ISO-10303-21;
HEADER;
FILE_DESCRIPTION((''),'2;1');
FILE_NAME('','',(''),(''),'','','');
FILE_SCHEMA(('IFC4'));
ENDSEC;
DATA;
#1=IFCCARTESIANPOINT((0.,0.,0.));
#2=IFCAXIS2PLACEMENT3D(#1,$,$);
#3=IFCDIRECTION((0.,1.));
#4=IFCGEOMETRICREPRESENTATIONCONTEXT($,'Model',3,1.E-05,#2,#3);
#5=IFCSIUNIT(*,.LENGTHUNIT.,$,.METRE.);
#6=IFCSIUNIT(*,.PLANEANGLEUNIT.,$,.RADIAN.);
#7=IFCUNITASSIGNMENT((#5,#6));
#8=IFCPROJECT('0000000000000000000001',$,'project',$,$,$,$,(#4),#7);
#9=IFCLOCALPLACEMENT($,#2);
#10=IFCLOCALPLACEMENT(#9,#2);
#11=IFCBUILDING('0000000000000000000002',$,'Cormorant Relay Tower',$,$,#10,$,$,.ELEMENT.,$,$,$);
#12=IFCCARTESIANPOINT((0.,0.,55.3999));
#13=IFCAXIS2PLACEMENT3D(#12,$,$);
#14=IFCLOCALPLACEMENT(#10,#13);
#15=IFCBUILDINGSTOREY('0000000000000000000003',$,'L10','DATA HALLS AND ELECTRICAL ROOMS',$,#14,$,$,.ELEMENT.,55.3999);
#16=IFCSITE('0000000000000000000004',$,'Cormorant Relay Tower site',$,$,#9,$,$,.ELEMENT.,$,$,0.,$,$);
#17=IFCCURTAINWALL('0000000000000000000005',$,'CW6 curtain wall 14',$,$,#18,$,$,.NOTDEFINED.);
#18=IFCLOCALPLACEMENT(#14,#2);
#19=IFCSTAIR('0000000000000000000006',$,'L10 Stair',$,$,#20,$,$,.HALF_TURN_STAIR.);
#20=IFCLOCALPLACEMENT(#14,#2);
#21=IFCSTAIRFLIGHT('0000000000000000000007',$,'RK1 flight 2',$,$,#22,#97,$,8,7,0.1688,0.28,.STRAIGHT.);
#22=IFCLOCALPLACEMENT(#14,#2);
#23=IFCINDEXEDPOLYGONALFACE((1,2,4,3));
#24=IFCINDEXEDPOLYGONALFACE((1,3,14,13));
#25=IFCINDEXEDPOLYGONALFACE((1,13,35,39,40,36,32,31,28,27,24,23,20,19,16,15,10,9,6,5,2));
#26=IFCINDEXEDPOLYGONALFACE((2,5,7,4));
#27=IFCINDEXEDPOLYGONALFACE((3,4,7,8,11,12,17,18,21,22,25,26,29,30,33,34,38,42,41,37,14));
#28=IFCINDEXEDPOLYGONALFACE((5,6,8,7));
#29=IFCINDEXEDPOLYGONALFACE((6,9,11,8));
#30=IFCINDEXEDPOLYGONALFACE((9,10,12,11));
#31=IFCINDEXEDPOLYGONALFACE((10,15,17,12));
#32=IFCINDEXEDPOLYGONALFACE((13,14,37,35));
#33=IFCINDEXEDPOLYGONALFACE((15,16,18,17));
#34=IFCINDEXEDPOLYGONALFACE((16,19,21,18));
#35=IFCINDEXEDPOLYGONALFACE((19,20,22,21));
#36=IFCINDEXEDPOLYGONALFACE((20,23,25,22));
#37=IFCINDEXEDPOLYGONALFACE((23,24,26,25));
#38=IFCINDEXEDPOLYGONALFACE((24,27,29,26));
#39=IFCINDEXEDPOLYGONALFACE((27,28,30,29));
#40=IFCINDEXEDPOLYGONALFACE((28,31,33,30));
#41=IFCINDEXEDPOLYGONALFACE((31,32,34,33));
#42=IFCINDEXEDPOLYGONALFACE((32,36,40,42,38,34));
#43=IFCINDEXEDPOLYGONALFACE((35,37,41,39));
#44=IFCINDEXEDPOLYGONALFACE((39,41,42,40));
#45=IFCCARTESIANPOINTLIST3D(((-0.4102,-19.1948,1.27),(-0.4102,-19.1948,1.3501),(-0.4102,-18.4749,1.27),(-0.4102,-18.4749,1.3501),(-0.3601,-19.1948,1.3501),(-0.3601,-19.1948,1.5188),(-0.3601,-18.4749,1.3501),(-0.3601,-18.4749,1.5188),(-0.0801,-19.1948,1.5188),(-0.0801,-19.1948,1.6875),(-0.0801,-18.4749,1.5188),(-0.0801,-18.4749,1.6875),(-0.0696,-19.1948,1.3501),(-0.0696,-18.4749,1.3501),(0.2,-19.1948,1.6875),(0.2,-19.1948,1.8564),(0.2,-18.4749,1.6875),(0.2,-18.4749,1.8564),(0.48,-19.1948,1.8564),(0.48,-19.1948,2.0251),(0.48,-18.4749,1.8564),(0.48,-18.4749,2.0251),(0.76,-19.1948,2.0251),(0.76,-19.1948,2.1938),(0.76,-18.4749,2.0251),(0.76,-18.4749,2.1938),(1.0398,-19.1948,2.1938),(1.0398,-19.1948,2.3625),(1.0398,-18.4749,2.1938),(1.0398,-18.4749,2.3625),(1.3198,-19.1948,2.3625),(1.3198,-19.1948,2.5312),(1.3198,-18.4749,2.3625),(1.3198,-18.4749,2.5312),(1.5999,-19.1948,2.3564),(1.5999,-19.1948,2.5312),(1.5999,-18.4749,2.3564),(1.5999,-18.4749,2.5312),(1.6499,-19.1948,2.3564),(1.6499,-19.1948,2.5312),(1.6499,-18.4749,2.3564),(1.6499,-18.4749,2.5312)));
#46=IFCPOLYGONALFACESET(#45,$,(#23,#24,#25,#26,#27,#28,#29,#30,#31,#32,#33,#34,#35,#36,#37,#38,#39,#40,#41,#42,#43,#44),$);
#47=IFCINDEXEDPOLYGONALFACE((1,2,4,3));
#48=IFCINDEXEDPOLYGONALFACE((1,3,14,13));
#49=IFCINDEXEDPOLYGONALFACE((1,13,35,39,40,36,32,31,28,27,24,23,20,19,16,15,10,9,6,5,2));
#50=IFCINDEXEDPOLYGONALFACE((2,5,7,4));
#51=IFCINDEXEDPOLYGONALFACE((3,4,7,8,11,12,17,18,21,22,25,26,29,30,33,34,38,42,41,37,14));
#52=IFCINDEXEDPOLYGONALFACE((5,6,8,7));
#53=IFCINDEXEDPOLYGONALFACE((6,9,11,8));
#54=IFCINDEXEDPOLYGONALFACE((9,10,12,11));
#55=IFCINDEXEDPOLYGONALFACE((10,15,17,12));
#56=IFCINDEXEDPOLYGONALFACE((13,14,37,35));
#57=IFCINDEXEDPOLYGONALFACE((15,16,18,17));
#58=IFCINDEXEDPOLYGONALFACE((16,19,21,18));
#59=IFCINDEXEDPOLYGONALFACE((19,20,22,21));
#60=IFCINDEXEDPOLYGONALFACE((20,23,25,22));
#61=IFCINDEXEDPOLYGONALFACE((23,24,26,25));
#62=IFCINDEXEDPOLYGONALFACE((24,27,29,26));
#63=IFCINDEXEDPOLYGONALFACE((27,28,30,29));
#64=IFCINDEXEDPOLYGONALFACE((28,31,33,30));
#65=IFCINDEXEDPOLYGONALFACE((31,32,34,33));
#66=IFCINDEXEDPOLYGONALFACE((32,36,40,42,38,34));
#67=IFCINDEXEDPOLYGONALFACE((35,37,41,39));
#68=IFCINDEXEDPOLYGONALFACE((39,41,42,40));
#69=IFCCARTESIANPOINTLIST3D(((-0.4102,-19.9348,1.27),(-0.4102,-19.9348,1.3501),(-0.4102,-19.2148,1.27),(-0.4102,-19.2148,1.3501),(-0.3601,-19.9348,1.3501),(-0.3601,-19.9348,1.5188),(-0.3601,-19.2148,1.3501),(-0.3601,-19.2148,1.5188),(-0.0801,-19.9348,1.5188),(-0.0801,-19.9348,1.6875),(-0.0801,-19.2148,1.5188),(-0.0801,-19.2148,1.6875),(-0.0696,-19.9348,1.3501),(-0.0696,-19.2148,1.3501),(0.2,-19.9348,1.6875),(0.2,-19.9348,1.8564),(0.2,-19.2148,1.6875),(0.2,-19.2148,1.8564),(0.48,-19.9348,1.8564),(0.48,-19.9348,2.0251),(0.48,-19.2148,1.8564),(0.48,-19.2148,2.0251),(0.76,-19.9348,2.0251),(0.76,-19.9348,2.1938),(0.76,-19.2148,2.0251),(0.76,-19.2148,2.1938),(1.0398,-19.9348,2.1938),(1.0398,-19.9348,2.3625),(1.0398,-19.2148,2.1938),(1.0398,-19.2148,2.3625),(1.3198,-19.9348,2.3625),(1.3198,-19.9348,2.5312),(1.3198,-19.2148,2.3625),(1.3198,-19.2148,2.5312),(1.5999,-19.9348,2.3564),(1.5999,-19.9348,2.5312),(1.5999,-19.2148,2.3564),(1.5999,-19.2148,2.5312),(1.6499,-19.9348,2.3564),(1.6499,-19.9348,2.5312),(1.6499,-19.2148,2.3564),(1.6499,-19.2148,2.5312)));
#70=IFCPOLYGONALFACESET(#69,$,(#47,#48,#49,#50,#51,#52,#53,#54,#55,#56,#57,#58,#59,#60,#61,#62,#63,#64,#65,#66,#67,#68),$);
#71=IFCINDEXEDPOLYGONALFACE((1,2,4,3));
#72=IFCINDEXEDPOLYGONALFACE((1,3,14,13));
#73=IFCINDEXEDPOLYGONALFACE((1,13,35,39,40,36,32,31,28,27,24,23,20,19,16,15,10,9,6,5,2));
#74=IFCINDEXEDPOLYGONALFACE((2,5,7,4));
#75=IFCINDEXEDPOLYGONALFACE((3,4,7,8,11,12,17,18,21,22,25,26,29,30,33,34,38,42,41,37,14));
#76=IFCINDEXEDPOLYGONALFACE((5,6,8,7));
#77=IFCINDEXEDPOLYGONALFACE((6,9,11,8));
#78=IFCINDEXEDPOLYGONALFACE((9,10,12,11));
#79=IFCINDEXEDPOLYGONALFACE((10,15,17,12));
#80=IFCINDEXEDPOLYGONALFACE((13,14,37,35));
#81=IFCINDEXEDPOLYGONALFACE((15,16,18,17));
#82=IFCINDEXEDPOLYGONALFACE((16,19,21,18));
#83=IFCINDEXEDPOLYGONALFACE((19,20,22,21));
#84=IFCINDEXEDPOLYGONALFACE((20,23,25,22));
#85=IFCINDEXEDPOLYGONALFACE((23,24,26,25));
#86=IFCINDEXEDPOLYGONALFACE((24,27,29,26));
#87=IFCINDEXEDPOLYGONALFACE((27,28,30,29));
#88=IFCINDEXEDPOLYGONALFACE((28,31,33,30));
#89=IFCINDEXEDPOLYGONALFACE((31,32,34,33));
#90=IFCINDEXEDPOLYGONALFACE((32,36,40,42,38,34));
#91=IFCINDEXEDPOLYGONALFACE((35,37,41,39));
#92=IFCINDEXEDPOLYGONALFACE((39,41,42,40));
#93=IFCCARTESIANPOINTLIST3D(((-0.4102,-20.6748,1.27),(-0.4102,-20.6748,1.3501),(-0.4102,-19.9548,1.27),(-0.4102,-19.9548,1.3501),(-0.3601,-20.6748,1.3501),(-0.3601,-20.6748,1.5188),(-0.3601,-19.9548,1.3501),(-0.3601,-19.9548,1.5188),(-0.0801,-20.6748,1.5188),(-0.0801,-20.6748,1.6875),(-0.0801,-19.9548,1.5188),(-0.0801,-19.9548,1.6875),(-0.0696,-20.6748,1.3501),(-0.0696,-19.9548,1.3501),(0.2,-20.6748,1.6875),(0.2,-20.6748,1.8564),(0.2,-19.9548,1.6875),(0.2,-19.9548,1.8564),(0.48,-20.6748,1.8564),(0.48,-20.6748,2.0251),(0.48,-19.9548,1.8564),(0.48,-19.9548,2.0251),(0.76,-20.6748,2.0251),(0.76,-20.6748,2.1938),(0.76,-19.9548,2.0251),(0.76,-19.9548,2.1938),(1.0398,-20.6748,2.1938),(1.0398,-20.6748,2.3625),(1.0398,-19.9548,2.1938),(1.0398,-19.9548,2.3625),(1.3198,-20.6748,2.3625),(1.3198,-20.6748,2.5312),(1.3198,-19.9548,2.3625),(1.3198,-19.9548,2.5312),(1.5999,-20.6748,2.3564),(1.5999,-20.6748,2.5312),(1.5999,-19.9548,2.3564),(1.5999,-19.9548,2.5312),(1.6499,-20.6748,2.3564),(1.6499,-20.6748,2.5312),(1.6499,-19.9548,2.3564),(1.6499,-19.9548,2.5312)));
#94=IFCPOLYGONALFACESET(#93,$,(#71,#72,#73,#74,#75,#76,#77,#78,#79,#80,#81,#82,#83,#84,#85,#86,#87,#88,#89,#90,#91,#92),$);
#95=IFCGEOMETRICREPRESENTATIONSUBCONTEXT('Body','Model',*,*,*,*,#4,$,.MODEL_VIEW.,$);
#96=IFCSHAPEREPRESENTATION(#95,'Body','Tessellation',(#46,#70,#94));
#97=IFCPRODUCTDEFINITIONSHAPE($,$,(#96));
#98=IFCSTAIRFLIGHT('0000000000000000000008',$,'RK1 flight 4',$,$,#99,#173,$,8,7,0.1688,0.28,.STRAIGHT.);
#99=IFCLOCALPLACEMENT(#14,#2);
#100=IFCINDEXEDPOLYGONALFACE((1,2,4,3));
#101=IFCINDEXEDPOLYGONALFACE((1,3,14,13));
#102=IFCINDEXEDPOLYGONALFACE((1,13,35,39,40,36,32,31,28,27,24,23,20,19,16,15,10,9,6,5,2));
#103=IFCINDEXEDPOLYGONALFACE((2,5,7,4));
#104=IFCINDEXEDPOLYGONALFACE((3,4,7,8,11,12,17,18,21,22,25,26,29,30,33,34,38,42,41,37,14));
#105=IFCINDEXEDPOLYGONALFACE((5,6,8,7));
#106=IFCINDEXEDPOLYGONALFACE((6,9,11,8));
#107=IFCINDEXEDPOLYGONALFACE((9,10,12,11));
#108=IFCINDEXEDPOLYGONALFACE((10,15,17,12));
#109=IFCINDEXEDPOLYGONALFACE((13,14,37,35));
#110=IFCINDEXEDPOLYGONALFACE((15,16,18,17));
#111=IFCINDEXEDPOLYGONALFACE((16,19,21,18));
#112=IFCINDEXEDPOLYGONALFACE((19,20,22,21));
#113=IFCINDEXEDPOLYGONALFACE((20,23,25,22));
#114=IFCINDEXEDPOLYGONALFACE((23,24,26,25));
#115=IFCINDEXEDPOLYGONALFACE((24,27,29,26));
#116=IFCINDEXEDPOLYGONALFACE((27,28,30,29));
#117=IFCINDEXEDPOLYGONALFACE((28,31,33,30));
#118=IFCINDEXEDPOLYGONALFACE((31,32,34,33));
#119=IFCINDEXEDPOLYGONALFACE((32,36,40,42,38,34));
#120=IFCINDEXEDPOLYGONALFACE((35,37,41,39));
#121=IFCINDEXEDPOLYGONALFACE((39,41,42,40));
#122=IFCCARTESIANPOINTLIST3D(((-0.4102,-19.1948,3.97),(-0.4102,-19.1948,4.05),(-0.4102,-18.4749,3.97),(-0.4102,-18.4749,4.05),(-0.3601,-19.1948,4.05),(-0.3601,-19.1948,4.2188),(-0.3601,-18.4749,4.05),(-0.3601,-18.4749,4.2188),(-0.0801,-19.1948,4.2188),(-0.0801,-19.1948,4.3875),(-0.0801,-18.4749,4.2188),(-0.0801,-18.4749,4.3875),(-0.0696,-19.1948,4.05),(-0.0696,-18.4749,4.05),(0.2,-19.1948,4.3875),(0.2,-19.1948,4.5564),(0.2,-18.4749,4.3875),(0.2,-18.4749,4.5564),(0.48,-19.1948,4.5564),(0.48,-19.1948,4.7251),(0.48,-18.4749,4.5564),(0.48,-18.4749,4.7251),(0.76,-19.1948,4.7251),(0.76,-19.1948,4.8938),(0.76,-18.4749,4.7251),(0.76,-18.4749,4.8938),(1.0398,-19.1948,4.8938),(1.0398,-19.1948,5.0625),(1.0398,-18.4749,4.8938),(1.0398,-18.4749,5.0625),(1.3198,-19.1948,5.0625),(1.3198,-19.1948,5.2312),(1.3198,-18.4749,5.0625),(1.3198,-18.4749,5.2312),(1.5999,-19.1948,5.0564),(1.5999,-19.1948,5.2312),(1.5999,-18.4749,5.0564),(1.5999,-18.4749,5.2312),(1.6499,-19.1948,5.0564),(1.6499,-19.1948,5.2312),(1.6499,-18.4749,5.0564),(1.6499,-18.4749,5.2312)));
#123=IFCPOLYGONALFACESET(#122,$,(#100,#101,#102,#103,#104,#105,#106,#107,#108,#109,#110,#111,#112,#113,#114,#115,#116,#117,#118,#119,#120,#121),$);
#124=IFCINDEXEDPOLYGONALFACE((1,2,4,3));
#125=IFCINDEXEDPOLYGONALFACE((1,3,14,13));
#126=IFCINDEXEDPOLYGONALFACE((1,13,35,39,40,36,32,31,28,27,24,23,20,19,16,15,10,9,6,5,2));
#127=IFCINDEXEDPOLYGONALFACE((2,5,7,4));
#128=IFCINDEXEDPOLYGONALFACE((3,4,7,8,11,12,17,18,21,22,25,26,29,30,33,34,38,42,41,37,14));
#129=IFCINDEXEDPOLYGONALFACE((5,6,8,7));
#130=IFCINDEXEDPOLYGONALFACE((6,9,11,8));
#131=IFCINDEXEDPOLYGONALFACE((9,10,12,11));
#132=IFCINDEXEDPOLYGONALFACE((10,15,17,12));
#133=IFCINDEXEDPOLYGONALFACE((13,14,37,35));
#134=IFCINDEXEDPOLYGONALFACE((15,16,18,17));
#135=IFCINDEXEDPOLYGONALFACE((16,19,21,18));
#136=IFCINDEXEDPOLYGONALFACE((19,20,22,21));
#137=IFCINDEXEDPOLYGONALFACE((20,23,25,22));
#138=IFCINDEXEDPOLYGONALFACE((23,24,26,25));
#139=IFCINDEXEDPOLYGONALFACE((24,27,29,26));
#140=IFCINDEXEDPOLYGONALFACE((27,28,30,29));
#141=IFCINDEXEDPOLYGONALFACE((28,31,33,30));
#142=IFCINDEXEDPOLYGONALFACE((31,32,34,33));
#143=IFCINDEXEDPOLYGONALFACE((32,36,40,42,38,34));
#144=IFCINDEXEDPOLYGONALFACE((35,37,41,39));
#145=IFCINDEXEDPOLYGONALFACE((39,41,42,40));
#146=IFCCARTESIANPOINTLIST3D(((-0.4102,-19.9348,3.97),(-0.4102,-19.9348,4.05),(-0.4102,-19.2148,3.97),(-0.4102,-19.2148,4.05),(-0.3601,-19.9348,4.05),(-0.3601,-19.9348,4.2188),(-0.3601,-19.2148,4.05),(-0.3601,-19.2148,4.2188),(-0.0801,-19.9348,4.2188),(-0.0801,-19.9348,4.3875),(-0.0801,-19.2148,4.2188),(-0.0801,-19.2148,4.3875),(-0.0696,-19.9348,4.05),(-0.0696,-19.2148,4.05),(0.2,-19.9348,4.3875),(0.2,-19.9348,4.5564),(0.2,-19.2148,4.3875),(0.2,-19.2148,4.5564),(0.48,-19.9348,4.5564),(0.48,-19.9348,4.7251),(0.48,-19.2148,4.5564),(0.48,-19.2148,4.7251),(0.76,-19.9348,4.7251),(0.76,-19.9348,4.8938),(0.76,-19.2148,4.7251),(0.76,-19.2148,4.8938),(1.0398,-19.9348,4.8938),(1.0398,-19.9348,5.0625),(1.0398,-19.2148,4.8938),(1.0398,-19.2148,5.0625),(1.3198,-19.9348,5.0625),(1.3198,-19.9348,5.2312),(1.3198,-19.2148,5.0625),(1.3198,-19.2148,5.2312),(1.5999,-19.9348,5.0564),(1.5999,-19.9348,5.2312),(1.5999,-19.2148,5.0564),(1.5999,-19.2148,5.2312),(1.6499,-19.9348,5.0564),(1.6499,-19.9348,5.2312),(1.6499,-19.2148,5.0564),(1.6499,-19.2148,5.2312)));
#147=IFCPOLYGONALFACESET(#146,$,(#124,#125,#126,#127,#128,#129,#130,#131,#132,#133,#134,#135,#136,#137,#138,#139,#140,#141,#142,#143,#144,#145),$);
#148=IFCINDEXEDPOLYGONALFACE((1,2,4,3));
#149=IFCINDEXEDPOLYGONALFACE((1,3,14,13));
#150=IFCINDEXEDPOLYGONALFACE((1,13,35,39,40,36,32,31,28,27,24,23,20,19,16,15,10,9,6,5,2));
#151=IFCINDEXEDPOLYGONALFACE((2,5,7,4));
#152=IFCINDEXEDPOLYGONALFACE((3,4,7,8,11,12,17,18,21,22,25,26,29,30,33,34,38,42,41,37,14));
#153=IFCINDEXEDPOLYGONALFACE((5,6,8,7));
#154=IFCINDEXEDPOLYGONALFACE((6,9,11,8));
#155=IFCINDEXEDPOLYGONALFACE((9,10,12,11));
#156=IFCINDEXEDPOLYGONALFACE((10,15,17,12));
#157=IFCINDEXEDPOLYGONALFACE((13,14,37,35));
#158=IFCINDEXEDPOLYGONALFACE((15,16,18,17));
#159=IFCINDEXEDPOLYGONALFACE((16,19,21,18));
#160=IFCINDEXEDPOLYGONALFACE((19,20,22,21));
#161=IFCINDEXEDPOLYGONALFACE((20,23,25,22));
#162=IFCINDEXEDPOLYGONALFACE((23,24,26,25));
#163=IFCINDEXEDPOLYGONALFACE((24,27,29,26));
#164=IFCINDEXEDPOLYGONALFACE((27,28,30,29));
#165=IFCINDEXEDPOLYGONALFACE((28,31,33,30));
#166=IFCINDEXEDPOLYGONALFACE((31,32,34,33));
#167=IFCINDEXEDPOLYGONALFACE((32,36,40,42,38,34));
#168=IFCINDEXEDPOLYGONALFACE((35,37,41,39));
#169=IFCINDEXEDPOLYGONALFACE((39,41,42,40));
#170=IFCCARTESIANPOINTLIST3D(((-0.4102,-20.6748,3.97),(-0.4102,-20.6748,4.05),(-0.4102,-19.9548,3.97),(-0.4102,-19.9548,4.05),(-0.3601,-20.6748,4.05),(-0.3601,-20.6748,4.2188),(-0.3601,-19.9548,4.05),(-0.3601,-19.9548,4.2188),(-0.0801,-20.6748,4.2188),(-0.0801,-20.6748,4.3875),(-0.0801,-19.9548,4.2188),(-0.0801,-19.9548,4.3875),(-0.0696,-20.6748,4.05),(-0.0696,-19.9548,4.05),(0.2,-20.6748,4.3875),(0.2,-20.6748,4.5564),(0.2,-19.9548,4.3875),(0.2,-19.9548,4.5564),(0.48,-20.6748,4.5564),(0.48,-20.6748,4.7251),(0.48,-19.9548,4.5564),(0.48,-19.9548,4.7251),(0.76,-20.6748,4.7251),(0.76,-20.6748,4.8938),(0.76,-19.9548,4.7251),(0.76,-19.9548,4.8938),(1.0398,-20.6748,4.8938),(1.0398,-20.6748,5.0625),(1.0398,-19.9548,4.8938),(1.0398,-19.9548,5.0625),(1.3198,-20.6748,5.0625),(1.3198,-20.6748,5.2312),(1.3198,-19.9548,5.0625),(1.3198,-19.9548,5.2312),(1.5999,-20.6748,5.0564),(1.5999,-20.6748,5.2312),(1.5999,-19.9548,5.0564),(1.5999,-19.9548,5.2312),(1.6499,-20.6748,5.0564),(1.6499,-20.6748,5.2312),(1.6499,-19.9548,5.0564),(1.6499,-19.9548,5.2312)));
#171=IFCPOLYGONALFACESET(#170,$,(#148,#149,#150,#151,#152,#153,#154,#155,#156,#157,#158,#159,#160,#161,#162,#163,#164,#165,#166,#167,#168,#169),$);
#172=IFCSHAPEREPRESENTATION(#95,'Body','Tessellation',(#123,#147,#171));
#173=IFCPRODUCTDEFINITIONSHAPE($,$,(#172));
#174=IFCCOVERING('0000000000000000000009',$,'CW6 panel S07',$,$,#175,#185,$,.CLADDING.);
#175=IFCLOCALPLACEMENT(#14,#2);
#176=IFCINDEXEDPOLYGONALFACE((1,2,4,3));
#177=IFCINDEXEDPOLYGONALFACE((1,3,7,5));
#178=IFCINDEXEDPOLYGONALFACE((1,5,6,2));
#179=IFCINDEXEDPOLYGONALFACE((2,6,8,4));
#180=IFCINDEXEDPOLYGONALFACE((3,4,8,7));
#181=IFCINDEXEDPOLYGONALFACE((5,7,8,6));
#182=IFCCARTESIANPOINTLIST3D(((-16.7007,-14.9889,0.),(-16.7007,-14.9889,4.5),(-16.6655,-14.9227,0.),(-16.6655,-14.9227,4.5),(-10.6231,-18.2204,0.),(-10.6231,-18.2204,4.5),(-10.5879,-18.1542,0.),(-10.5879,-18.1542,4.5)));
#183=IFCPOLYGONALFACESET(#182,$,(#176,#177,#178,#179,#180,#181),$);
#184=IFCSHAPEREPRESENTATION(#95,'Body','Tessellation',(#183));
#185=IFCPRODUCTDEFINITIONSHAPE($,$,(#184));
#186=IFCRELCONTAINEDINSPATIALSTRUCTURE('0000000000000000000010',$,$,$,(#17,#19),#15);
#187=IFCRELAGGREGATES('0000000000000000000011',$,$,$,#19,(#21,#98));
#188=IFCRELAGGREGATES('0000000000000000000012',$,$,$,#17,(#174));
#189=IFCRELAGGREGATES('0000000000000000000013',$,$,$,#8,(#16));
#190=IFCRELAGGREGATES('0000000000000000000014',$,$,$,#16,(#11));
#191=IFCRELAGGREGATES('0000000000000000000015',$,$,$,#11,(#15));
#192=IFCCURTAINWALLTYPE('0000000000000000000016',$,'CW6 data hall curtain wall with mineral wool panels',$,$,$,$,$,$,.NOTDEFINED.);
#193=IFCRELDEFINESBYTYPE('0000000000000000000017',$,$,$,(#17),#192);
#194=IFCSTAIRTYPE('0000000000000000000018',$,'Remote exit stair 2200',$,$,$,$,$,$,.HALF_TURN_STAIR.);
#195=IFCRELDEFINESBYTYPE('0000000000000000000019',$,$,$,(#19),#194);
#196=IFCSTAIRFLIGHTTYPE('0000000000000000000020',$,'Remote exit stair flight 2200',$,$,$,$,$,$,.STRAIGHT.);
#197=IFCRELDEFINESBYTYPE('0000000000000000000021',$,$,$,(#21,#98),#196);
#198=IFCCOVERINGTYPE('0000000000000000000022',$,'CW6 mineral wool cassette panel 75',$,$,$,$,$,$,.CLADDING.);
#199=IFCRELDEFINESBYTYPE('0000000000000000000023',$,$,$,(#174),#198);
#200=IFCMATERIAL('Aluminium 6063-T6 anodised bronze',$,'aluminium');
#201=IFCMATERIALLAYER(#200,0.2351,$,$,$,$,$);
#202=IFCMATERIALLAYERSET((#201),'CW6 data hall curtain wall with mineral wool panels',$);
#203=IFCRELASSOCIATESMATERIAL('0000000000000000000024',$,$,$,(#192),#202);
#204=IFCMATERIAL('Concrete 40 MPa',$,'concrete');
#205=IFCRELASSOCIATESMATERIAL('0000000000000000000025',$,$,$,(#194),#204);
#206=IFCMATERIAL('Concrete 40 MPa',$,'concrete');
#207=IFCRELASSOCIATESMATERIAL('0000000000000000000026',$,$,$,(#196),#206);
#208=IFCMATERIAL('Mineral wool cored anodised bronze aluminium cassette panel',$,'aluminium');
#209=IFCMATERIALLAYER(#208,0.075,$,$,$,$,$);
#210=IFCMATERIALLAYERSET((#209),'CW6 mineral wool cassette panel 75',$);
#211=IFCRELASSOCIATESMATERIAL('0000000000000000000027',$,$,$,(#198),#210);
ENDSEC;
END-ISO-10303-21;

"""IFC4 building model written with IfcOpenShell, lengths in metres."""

from ifc_helpers import new_model, si_unit, direction, frame, origin, origin_2d, place, context, subcontext, project, spatial, polyline, rectangle, outline, extrude, material, layer, layer_set, type_object, element, aggregate, save


model = new_model("IFC4")

# Units and contexts
model_context = context("Model", 3, precision=1e-05, world=origin(), true_north=direction((0.0, 1.0)))
body_context = subcontext(model_context, "Body", "Model", "MODEL_VIEW")
ifc_project = project(units=[si_unit("LENGTHUNIT", "METRE"), si_unit("PLANEANGLEUNIT", "RADIAN")], contexts=[model_context])

# Site, building, storey
site_placement = place(None, origin())
site = spatial("IfcSite", under=ifc_project, at=site_placement, Name="Cormorant Relay Tower site", CompositionType="ELEMENT", RefElevation=0.0)
building_placement = place(site_placement, origin())
building = spatial("IfcBuilding", under=site, at=building_placement, Name="Cormorant Relay Tower", CompositionType="ELEMENT")
storey_placement = place(building_placement, frame((0.0, 0.0, 55.3999)))
storey = spatial("IfcBuildingStorey", under=building, at=storey_placement, Name="L10", Description="DATA HALLS AND ELECTRICAL ROOMS", CompositionType="ELEMENT", Elevation=55.3999)

# Shared definitions
ifc_material_1 = material(Name="Aluminium 6063-T6 anodised bronze", Category="aluminium")
ifc_layer_1 = layer(ifc_material_1, 0.2351)
ifc_layer_set_1 = layer_set([ifc_layer_1], Name="CW6 data hall curtain wall with mineral wool panels")
curtain_wall_type = type_object("IfcCurtainWallType", Name="CW6 data hall curtain wall with mineral wool panels", PredefinedType="NOTDEFINED", material=ifc_layer_set_1)

# Curtain wall
curtain_wall_1_placement = place(storey_placement, origin())
curtain_wall_1 = element("IfcCurtainWall", 1, at=curtain_wall_1_placement, inside=storey, type_object=curtain_wall_type, Name="CW6 curtain wall 14", PredefinedType="NOTDEFINED")

# Stair, stair flights
ifc_material_2 = material(Name="Concrete 40 MPa", Category="concrete")
stair_type = type_object("IfcStairType", Name="Remote exit stair 2200", PredefinedType="HALF_TURN_STAIR", material=ifc_material_2)
stair_placement = place(storey_placement, origin())
stair = element("IfcStair", 2, at=stair_placement, inside=storey, type_object=stair_type, Name="L10 Stair", PredefinedType="HALF_TURN_STAIR")
ifc_material_3 = material(Name="Concrete 40 MPa", Category="concrete")
stair_flight_type = type_object("IfcStairFlightType", Name="Remote exit stair flight 2200", PredefinedType="STRAIGHT", material=ifc_material_3)
stair_flight_1_placement = place(storey_placement, frame((-0.3601, -19.575, 1.3501), z_axis=(0.0, 0.0, 1.0), x_axis=(1.0, 0.0, 0.0)))
stair_flight_1 = element("IfcStairFlight", 3, at=stair_flight_1_placement, type_object=stair_flight_type, Name="RK1 flight 2", NumberOfRisers=8, NumberOfTreads=7, PredefinedType="STRAIGHT", RiserHeight=0.1688, TreadLength=0.28, context=body_context, shape_type="SweptSolid", body=[
    extrude(outline(polyline([(-0.05, -0.0801), (-0.05, 0.0), (0.0, 0.0), (0.0, 0.1687), (0.28, 0.1687), (0.28, 0.3374), (0.5601, 0.3374), (0.5601, 0.5063), (0.8401, 0.5063), (0.8401, 0.675), (1.1201, 0.675), (1.1201, 0.8438), (1.3999, 0.8438), (1.3999, 1.0125), (1.6799, 1.0125), (1.6799, 1.1812), (1.96, 1.1812), (2.01, 1.1812), (2.01, 1.0063), (1.96, 1.0063), (0.2905, 0.0), (-0.05, -0.0801)])), frame((0.0, 1.1001, 0.0), z_axis=(0.0, -1.0, 0.0), x_axis=(1.0, 0.0, 0.0)), (0.0, 0.0, 1.0), 0.72),
    extrude(outline(polyline([(-0.05, -0.0801), (-0.05, 0.0), (0.0, 0.0), (0.0, 0.1687), (0.28, 0.1687), (0.28, 0.3374), (0.5601, 0.3374), (0.5601, 0.5063), (0.8401, 0.5063), (0.8401, 0.675), (1.1201, 0.675), (1.1201, 0.8438), (1.3999, 0.8438), (1.3999, 1.0125), (1.6799, 1.0125), (1.6799, 1.1812), (1.96, 1.1812), (2.01, 1.1812), (2.01, 1.0063), (1.96, 1.0063), (0.2905, 0.0), (-0.05, -0.0801)])), frame((0.0, 0.3601, 0.0), z_axis=(0.0, -1.0, 0.0), x_axis=(1.0, 0.0, 0.0)), (0.0, 0.0, 1.0), 0.72),
    extrude(outline(polyline([(-0.05, -0.0801), (-0.05, 0.0), (0.0, 0.0), (0.0, 0.1687), (0.28, 0.1687), (0.28, 0.3374), (0.5601, 0.3374), (0.5601, 0.5063), (0.8401, 0.5063), (0.8401, 0.675), (1.1201, 0.675), (1.1201, 0.8438), (1.3999, 0.8438), (1.3999, 1.0125), (1.6799, 1.0125), (1.6799, 1.1812), (1.96, 1.1812), (2.01, 1.1812), (2.01, 1.0063), (1.96, 1.0063), (0.2905, 0.0), (-0.05, -0.0801)])), frame((0.0, -0.3799, 0.0), z_axis=(0.0, -1.0, 0.0), x_axis=(1.0, 0.0, 0.0)), (0.0, 0.0, 1.0), 0.72),
])
stair_flight_2_placement = place(storey_placement, frame((-0.3601, -19.575, 4.05), z_axis=(0.0, 0.0, 1.0), x_axis=(1.0, 0.0, 0.0)))
stair_flight_2 = element("IfcStairFlight", 4, at=stair_flight_2_placement, type_object=stair_flight_type, Name="RK1 flight 4", NumberOfRisers=8, NumberOfTreads=7, PredefinedType="STRAIGHT", RiserHeight=0.1688, TreadLength=0.28, context=body_context, shape_type="SweptSolid", body=[
    extrude(outline(polyline([(-0.05, -0.0801), (-0.05, 0.0), (0.0, 0.0), (0.0, 0.1687), (0.28, 0.1687), (0.28, 0.3374), (0.5601, 0.3374), (0.5601, 0.5063), (0.8401, 0.5063), (0.8401, 0.675), (1.1201, 0.675), (1.1201, 0.8438), (1.3999, 0.8438), (1.3999, 1.0125), (1.6799, 1.0125), (1.6799, 1.1812), (1.96, 1.1812), (2.01, 1.1812), (2.01, 1.0063), (1.96, 1.0063), (0.2905, 0.0), (-0.05, -0.0801)])), frame((0.0, 1.1001, 0.0), z_axis=(0.0, -1.0, 0.0), x_axis=(1.0, 0.0, 0.0)), (0.0, 0.0, 1.0), 0.72),
    extrude(outline(polyline([(-0.05, -0.0801), (-0.05, 0.0), (0.0, 0.0), (0.0, 0.1687), (0.28, 0.1687), (0.28, 0.3374), (0.5601, 0.3374), (0.5601, 0.5063), (0.8401, 0.5063), (0.8401, 0.675), (1.1201, 0.675), (1.1201, 0.8438), (1.3999, 0.8438), (1.3999, 1.0125), (1.6799, 1.0125), (1.6799, 1.1812), (1.96, 1.1812), (2.01, 1.1812), (2.01, 1.0063), (1.96, 1.0063), (0.2905, 0.0), (-0.05, -0.0801)])), frame((0.0, 0.3601, 0.0), z_axis=(0.0, -1.0, 0.0), x_axis=(1.0, 0.0, 0.0)), (0.0, 0.0, 1.0), 0.72),
    extrude(outline(polyline([(-0.05, -0.0801), (-0.05, 0.0), (0.0, 0.0), (0.0, 0.1687), (0.28, 0.1687), (0.28, 0.3374), (0.5601, 0.3374), (0.5601, 0.5063), (0.8401, 0.5063), (0.8401, 0.675), (1.1201, 0.675), (1.1201, 0.8438), (1.3999, 0.8438), (1.3999, 1.0125), (1.6799, 1.0125), (1.6799, 1.1812), (1.96, 1.1812), (2.01, 1.1812), (2.01, 1.0063), (1.96, 1.0063), (0.2905, 0.0), (-0.05, -0.0801)])), frame((0.0, -0.3799, 0.0), z_axis=(0.0, -1.0, 0.0), x_axis=(1.0, 0.0, 0.0)), (0.0, 0.0, 1.0), 0.72),
])
aggregate(stair, [stair_flight_1, stair_flight_2])

# Covering
ifc_material_4 = material(Name="Mineral wool cored anodised bronze aluminium cassette panel", Category="aluminium")
ifc_layer_2 = layer(ifc_material_4, 0.075)
ifc_layer_set_2 = layer_set([ifc_layer_2], Name="CW6 mineral wool cassette panel 75")
covering_type = type_object("IfcCoveringType", Name="CW6 mineral wool cassette panel 75", PredefinedType="CLADDING", material=ifc_layer_set_2)
covering_1_placement = place(storey_placement, frame((-13.6443, -16.5715, 0.0), z_axis=(0.0, 0.0, 1.0), x_axis=(0.882948, -0.469472, 0.0)))
covering_1 = element("IfcCovering", 5, at=covering_1_placement, type_object=covering_type, Name="CW6 panel S07", PredefinedType="CLADDING", context=body_context, shape_type="SweptSolid", body=[
    extrude(rectangle(XDim=6.8833, YDim=0.075, at=origin_2d()), origin(), (0.0, 0.0, 1.0), 4.5),
])
aggregate(curtain_wall_1, [covering_1])

save(model, "model.ifc")
